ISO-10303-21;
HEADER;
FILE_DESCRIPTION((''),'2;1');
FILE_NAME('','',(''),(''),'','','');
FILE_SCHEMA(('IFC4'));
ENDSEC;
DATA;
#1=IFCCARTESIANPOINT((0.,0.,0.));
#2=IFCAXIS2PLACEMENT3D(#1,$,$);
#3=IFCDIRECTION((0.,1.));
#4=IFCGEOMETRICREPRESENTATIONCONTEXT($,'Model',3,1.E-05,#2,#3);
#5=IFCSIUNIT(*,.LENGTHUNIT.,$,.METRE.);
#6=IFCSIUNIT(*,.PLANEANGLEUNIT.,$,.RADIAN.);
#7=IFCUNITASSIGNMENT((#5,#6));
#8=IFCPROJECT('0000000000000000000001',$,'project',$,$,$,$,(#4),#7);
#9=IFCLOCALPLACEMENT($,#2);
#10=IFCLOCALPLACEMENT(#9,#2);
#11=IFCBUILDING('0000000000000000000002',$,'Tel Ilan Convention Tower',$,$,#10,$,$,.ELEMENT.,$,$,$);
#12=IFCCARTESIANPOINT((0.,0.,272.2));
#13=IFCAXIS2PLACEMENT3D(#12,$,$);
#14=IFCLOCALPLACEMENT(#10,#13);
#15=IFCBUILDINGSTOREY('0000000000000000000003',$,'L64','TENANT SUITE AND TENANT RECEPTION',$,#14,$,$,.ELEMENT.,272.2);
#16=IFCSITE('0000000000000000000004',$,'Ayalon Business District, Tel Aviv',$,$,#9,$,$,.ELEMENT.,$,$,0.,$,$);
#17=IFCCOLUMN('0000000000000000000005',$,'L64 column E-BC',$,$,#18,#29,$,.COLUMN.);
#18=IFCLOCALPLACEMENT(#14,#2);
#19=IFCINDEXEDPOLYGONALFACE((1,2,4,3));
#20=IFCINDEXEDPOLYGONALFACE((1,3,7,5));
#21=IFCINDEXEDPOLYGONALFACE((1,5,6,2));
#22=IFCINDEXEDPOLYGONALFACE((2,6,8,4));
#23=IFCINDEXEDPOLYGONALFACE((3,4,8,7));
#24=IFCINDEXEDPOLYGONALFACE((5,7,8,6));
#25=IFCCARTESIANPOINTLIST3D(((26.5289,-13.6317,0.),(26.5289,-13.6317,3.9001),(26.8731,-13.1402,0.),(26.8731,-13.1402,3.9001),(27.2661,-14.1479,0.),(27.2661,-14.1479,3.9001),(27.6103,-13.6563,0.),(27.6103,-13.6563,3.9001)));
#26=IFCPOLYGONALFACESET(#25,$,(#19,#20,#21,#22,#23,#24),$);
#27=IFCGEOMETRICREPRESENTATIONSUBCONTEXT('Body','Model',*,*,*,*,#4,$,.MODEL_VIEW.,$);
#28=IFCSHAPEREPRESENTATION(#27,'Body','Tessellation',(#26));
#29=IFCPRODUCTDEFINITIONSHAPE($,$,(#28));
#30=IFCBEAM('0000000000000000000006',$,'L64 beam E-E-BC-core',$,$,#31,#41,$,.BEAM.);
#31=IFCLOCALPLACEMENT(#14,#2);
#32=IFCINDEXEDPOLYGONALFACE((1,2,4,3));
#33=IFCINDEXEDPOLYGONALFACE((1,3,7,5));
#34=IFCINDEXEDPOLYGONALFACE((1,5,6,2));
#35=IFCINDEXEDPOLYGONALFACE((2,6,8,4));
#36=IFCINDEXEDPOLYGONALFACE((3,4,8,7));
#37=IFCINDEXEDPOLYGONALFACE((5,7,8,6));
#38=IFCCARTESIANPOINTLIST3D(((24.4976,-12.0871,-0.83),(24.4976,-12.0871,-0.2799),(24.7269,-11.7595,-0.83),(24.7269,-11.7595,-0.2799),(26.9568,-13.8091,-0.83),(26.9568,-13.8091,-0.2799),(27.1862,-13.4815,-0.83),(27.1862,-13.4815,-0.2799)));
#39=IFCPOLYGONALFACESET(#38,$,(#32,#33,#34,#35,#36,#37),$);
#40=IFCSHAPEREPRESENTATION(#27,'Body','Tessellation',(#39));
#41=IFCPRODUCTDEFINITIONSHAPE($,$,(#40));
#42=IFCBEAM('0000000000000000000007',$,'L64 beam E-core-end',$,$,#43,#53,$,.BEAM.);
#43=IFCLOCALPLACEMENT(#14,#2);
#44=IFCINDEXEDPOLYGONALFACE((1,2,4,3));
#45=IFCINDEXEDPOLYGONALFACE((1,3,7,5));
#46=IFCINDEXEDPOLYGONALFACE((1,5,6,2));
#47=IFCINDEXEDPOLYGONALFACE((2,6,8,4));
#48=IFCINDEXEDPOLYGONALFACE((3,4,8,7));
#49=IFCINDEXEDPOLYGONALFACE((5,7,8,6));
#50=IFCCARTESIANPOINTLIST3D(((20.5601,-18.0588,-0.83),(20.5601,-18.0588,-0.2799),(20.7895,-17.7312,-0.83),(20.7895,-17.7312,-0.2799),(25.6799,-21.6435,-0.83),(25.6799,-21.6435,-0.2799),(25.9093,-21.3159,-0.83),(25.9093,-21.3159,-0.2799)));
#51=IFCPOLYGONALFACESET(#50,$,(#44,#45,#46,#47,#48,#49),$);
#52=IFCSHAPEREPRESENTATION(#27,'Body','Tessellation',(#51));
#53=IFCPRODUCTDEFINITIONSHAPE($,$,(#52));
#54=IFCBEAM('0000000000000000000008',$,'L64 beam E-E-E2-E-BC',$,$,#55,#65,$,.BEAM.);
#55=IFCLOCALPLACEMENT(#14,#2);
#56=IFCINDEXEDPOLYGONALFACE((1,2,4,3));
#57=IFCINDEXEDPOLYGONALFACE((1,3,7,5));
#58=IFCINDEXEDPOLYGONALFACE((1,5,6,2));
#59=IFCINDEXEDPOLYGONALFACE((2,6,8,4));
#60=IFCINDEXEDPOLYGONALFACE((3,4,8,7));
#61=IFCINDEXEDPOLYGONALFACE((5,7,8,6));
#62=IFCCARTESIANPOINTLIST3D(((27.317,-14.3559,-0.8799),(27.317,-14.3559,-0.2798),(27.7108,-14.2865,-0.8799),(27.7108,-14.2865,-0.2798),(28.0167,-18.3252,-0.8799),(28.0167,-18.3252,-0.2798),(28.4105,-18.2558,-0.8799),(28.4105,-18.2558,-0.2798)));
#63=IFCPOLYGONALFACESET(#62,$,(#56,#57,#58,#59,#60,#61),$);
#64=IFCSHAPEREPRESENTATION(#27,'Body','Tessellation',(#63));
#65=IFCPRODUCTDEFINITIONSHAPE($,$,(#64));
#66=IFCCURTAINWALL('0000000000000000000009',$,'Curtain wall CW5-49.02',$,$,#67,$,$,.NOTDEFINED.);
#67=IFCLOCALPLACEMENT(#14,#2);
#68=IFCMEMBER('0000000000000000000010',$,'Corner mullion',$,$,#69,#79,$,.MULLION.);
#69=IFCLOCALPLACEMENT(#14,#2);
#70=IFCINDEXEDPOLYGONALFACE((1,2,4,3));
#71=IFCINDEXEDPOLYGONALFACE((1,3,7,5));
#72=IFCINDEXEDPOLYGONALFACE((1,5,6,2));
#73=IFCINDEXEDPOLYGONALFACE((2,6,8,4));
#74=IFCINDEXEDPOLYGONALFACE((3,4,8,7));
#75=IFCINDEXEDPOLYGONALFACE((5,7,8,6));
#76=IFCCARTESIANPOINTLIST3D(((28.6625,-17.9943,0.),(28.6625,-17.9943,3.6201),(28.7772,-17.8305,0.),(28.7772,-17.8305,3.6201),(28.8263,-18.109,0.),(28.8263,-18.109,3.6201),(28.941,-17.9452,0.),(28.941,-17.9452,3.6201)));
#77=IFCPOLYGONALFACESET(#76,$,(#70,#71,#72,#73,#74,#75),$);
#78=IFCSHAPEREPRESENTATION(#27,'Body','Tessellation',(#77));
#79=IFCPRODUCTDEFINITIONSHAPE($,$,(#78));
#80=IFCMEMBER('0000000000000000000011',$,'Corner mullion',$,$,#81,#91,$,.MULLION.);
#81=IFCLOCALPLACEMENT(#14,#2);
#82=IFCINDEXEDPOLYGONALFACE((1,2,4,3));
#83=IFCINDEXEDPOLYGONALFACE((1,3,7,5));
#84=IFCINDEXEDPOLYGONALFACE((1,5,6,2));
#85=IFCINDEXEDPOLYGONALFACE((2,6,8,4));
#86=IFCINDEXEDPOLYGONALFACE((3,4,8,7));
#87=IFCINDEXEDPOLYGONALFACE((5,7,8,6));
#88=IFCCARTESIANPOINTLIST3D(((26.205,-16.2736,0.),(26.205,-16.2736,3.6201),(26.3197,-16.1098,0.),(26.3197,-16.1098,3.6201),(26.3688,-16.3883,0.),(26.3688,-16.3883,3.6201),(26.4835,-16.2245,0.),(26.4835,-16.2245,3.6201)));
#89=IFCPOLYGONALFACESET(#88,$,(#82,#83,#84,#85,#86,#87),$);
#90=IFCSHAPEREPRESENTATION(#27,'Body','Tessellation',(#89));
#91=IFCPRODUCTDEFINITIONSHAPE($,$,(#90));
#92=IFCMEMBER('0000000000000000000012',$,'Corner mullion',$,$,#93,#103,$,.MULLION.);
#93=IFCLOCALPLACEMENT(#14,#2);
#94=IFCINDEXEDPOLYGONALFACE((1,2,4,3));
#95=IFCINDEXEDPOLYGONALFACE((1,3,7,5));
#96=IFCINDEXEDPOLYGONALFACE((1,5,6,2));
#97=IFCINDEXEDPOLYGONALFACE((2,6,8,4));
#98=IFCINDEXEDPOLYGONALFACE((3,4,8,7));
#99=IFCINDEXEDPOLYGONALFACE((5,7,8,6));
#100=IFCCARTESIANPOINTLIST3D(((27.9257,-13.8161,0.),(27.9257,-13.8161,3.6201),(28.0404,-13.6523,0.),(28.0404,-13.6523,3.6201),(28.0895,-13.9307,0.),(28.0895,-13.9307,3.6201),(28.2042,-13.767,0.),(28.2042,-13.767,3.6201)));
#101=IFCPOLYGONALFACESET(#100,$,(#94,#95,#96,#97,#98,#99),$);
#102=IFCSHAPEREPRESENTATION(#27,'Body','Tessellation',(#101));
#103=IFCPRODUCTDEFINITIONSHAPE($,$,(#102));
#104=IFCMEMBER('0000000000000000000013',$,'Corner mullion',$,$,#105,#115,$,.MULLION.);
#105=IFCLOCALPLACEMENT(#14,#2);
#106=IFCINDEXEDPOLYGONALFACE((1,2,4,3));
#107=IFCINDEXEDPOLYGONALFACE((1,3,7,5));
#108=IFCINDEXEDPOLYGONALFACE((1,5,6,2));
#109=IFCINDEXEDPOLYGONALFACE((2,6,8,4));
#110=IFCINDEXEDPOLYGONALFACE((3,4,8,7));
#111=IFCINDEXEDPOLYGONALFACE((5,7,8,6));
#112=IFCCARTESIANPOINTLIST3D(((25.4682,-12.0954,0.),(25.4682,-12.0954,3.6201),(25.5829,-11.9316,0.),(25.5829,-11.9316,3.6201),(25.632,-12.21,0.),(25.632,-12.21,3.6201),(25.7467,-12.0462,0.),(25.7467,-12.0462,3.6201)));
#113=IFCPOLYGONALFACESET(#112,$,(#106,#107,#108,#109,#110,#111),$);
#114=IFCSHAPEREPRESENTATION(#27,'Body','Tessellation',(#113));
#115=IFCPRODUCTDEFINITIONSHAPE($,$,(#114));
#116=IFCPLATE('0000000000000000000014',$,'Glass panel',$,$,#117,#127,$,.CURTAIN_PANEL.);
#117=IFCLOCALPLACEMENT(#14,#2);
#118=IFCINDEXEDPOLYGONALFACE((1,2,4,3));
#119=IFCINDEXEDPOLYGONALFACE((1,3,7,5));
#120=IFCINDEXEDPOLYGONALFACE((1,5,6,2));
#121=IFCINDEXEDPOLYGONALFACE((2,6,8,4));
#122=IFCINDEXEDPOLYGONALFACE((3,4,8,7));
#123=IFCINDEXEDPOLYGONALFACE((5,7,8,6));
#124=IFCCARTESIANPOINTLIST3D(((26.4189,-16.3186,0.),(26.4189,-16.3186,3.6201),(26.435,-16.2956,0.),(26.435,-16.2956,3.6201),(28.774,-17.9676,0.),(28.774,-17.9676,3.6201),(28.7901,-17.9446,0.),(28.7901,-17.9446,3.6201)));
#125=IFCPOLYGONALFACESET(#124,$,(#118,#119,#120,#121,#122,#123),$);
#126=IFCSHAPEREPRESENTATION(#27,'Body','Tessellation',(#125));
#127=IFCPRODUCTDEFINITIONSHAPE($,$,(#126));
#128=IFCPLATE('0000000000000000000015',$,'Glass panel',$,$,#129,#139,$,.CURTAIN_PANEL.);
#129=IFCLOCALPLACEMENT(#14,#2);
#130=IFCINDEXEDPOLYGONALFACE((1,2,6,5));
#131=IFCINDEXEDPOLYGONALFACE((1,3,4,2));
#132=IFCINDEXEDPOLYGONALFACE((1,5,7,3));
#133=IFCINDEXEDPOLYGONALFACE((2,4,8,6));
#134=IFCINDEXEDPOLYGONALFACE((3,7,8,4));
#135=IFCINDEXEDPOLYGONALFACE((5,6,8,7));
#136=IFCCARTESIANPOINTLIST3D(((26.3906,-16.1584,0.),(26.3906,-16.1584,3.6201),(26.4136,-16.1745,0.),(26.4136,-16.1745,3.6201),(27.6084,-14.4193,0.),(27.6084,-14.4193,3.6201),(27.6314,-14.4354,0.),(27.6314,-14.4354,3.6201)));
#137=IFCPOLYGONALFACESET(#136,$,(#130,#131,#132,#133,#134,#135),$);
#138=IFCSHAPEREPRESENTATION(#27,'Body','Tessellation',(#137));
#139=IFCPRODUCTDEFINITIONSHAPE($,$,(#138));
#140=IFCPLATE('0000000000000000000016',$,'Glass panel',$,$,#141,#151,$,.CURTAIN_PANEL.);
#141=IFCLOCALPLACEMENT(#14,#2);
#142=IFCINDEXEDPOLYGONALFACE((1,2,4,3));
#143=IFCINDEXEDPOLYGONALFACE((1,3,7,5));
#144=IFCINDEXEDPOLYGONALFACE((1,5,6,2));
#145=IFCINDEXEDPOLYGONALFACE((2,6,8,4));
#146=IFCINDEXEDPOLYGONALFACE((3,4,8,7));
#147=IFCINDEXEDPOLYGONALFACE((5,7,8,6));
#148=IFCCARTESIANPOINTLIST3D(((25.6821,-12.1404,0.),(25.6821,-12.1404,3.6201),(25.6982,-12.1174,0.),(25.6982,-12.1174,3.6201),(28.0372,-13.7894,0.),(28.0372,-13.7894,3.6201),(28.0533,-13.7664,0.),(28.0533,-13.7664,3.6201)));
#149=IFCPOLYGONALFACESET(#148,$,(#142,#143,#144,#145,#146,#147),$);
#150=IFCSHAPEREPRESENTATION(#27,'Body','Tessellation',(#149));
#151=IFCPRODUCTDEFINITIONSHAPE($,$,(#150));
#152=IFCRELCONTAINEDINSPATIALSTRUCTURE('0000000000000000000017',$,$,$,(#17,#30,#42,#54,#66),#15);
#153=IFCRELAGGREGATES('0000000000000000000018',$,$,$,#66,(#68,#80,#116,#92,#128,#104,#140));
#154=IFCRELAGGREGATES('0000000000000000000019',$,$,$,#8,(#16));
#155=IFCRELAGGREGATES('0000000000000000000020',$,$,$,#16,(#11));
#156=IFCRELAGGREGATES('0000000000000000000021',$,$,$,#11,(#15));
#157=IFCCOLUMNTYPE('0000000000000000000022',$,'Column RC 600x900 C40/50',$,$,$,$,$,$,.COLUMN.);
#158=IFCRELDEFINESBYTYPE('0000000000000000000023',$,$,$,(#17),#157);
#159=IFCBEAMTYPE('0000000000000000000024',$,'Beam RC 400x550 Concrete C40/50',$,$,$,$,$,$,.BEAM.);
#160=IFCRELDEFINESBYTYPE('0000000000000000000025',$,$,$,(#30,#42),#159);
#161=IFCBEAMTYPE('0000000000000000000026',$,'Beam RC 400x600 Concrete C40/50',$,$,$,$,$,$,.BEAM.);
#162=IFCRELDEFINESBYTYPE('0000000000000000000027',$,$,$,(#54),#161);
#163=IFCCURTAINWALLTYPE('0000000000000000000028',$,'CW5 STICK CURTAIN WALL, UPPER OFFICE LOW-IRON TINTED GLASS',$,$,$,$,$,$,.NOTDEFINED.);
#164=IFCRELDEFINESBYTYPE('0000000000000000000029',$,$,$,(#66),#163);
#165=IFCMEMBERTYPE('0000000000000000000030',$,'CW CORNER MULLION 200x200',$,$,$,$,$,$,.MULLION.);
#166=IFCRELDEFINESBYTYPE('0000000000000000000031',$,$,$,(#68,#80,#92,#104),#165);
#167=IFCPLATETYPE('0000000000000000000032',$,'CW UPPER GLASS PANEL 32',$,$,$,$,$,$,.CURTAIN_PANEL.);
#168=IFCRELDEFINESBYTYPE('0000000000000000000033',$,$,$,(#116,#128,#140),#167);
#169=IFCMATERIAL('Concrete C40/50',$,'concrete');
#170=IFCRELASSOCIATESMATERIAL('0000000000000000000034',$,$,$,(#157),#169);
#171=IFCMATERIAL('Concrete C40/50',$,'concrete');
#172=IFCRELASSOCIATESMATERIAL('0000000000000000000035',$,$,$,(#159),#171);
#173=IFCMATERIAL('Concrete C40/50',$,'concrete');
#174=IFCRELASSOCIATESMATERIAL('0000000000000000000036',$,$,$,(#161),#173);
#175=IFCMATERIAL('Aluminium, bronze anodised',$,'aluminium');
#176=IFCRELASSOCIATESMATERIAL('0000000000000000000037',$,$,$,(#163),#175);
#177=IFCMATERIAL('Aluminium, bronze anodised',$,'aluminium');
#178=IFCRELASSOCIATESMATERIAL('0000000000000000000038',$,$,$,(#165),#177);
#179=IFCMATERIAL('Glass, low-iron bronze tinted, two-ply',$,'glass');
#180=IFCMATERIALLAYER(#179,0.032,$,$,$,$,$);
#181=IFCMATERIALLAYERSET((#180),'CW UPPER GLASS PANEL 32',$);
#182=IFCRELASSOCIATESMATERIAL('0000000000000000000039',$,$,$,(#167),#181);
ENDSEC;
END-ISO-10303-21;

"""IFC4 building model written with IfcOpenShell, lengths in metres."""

from ifc_helpers import new_model, si_unit, direction, frame, origin, origin_2d, place, context, subcontext, project, spatial, rectangle, extrude, material, layer, layer_set, material_profile, profile_set, type_object, element, aggregate, save


model = new_model("IFC4")

# Units and contexts
model_context = context("Model", 3, precision=1e-05, world=origin(), true_north=direction((0.0, 1.0)))
body_context = subcontext(model_context, "Body", "Model", "MODEL_VIEW")
ifc_project = project(units=[si_unit("LENGTHUNIT", "METRE"), si_unit("PLANEANGLEUNIT", "RADIAN")], contexts=[model_context])

# Site, building, storey
site_placement = place(None, origin())
site = spatial("IfcSite", under=ifc_project, at=site_placement, Name="Ayalon Business District, Tel Aviv", CompositionType="ELEMENT", RefElevation=0.0)
building_placement = place(site_placement, origin())
building = spatial("IfcBuilding", under=site, at=building_placement, Name="Tel Ilan Convention Tower", CompositionType="ELEMENT")
storey_placement = place(building_placement, frame((0.0, 0.0, 272.2)))
storey = spatial("IfcBuildingStorey", under=building, at=storey_placement, Name="L64", Description="TENANT SUITE AND TENANT RECEPTION", CompositionType="ELEMENT", Elevation=272.2)

# Column
ifc_material_1 = material(Name="Concrete C40/50", Category="concrete")
ifc_material_profile_1 = material_profile(ifc_material_1, rectangle(XDim=0.8999, YDim=0.6001, at=origin_2d()), Name="RC 600x900")
ifc_profile_set_1 = profile_set([ifc_material_profile_1], Name="Concrete C40/50")
column_type = type_object("IfcColumnType", Name="Column RC 600x900 C40/50", PredefinedType="COLUMN", material=ifc_profile_set_1)
column_placement = place(storey_placement, frame((27.0696, -13.644, 0.0), z_axis=(0.0, 0.0, 1.0), x_axis=(0.819152, -0.573576, 0.0)))
element("IfcColumn", 1, at=column_placement, inside=storey, type_object=column_type, Name="L64 column E-BC", PredefinedType="COLUMN", context=body_context, shape_type="SweptSolid", body=[
    extrude(rectangle(XDim=0.8999, YDim=0.6001, at=origin_2d()), origin(), (0.0, 0.0, 1.0), 3.9001),
])

# Beams
ifc_material_2 = material(Name="Concrete C40/50", Category="concrete")
ifc_material_profile_2 = material_profile(ifc_material_2, rectangle(XDim=0.3999, YDim=0.55, at=origin_2d()), Name="RC 400x550")
ifc_profile_set_2 = profile_set([ifc_material_profile_2], Name="Concrete C40/50")
beam_type_1 = type_object("IfcBeamType", Name="Beam RC 400x550 Concrete C40/50", PredefinedType="BEAM", material=ifc_profile_set_2)
beam_1_placement = place(storey_placement, frame((27.0715, -13.6453, -0.5549), z_axis=(-0.819159, 0.573566, 0.0), x_axis=(-0.573566, -0.819159, 0.0)))
element("IfcBeam", 2, at=beam_1_placement, inside=storey, type_object=beam_type_1, Name="L64 beam E-E-BC-core", PredefinedType="BEAM", context=body_context, shape_type="SweptSolid", body=[
    extrude(rectangle(XDim=0.3999, YDim=0.55, at=origin_2d()), origin(), (0.0, 0.0, 1.0), 3.0022),
])
beam_2_placement = place(storey_placement, frame((20.6748, -17.895, -0.5549), z_axis=(0.819171, -0.573549, 0.0), x_axis=(0.573549, 0.819171, 0.0)))
element("IfcBeam", 3, at=beam_2_placement, inside=storey, type_object=beam_type_1, Name="L64 beam E-core-end", PredefinedType="BEAM", context=body_context, shape_type="SweptSolid", body=[
    extrude(rectangle(XDim=0.3999, YDim=0.55, at=origin_2d()), origin(), (0.0, 0.0, 1.0), 6.25),
])
ifc_material_3 = material(Name="Concrete C40/50", Category="concrete")
ifc_material_profile_3 = material_profile(ifc_material_3, rectangle(XDim=0.3999, YDim=0.6001, at=origin_2d()), Name="RC 400x600")
ifc_profile_set_3 = profile_set([ifc_material_profile_3], Name="Concrete C40/50")
beam_type_2 = type_object("IfcBeamType", Name="Beam RC 400x600 Concrete C40/50", PredefinedType="BEAM", material=ifc_profile_set_3)
beam_3_placement = place(storey_placement, frame((28.2136, -18.2905, -0.5798), z_axis=(-0.173606, 0.984815, 0.0), x_axis=(-0.984815, -0.173606, 0.0)))
element("IfcBeam", 4, at=beam_3_placement, inside=storey, type_object=beam_type_2, Name="L64 beam E-E-E2-E-BC", PredefinedType="BEAM", context=body_context, shape_type="SweptSolid", body=[
    extrude(rectangle(XDim=0.3999, YDim=0.6001, at=origin_2d()), origin(), (0.0, 0.0, 1.0), 4.0305),
])

# Curtain wall, members, plates
ifc_material_4 = material(Name="Aluminium, bronze anodised", Category="aluminium")
curtain_wall_type = type_object("IfcCurtainWallType", Name="CW5 STICK CURTAIN WALL, UPPER OFFICE LOW-IRON TINTED GLASS", PredefinedType="NOTDEFINED", material=ifc_material_4)
curtain_wall_placement = place(storey_placement, origin())
curtain_wall = element("IfcCurtainWall", 5, at=curtain_wall_placement, inside=storey, type_object=curtain_wall_type, Name="Curtain wall CW5-49.02", PredefinedType="NOTDEFINED")
ifc_material_5 = material(Name="Aluminium, bronze anodised", Category="aluminium")
ifc_material_profile_4 = material_profile(ifc_material_5, rectangle(XDim=0.2, YDim=0.2, at=origin_2d()), Name="CW CORNER MULLION 200x200")
ifc_profile_set_4 = profile_set([ifc_material_profile_4], Name="Aluminium, bronze anodised")
member_type = type_object("IfcMemberType", Name="CW CORNER MULLION 200x200", PredefinedType="MULLION", material=ifc_profile_set_4)
member_1_placement = place(storey_placement, frame((28.8018, -17.9697, 0.0), z_axis=(0.0, 0.0, 1.0), x_axis=(0.573576, 0.819152, 0.0)))
member_1 = element("IfcMember", 6, at=member_1_placement, type_object=member_type, Name="Corner mullion", PredefinedType="MULLION", context=body_context, shape_type="SweptSolid", body=[
    extrude(rectangle(XDim=0.2, YDim=0.2, at=origin_2d()), origin(), (0.0, 0.0, 1.0), 3.6201),
])
member_2_placement = place(storey_placement, frame((26.3442, -16.249, 0.0), z_axis=(0.0, 0.0, 1.0), x_axis=(-0.819152, 0.573576, 0.0)))
member_2 = element("IfcMember", 7, at=member_2_placement, type_object=member_type, Name="Corner mullion", PredefinedType="MULLION", context=body_context, shape_type="SweptSolid", body=[
    extrude(rectangle(XDim=0.2, YDim=0.2, at=origin_2d()), origin(), (0.0, 0.0, 1.0), 3.6201),
])
member_3_placement = place(storey_placement, frame((28.0649, -13.7915, 0.0), z_axis=(0.0, 0.0, 1.0), x_axis=(0.573576, 0.819152, 0.0)))
member_3 = element("IfcMember", 8, at=member_3_placement, type_object=member_type, Name="Corner mullion", PredefinedType="MULLION", context=body_context, shape_type="SweptSolid", body=[
    extrude(rectangle(XDim=0.2, YDim=0.2, at=origin_2d()), origin(), (0.0, 0.0, 1.0), 3.6201),
])
member_4_placement = place(storey_placement, frame((25.6074, -12.0708, 0.0), z_axis=(0.0, 0.0, 1.0), x_axis=(-0.819152, 0.573576, 0.0)))
member_4 = element("IfcMember", 9, at=member_4_placement, type_object=member_type, Name="Corner mullion", PredefinedType="MULLION", context=body_context, shape_type="SweptSolid", body=[
    extrude(rectangle(XDim=0.2, YDim=0.2, at=origin_2d()), origin(), (0.0, 0.0, 1.0), 3.6201),
])
ifc_material_6 = material(Name="Glass, low-iron bronze tinted, two-ply", Category="glass")
ifc_layer_1 = layer(ifc_material_6, 0.032)
ifc_layer_set_1 = layer_set([ifc_layer_1], Name="CW UPPER GLASS PANEL 32")
plate_type = type_object("IfcPlateType", Name="CW UPPER GLASS PANEL 32", PredefinedType="CURTAIN_PANEL", material=ifc_layer_set_1)
plate_1_placement = place(storey_placement, frame((27.6045, -17.1316, 0.0), z_axis=(0.0, 0.0, 1.0), x_axis=(-0.819152, 0.573576, 0.0)))
plate_1 = element("IfcPlate", 10, at=plate_1_placement, type_object=plate_type, Name="Glass panel", PredefinedType="CURTAIN_PANEL", context=body_context, shape_type="SweptSolid", body=[
    extrude(rectangle(XDim=2.875, YDim=0.0281, at=origin_2d()), origin(), (0.0, 0.0, 1.0), 3.6201),
])
plate_2_placement = place(storey_placement, frame((27.011, -15.2969, 0.0), z_axis=(0.0, 0.0, 1.0), x_axis=(0.573576, 0.819152, 0.0)))
plate_2 = element("IfcPlate", 11, at=plate_2_placement, type_object=plate_type, Name="Glass panel", PredefinedType="CURTAIN_PANEL", context=body_context, shape_type="SweptSolid", body=[
    extrude(rectangle(XDim=2.123, YDim=0.0281, at=origin_2d()), origin(), (0.0, 0.0, 1.0), 3.6201),
])
plate_3_placement = place(storey_placement, frame((26.8677, -12.9534, 0.0), z_axis=(0.0, 0.0, 1.0), x_axis=(-0.819152, 0.573576, 0.0)))
plate_3 = element("IfcPlate", 12, at=plate_3_placement, type_object=plate_type, Name="Glass panel", PredefinedType="CURTAIN_PANEL", context=body_context, shape_type="SweptSolid", body=[
    extrude(rectangle(XDim=2.875, YDim=0.0281, at=origin_2d()), origin(), (0.0, 0.0, 1.0), 3.6201),
])
aggregate(curtain_wall, [member_1, member_2, plate_1, member_3, plate_2, member_4, plate_3])

save(model, "model.ifc")
